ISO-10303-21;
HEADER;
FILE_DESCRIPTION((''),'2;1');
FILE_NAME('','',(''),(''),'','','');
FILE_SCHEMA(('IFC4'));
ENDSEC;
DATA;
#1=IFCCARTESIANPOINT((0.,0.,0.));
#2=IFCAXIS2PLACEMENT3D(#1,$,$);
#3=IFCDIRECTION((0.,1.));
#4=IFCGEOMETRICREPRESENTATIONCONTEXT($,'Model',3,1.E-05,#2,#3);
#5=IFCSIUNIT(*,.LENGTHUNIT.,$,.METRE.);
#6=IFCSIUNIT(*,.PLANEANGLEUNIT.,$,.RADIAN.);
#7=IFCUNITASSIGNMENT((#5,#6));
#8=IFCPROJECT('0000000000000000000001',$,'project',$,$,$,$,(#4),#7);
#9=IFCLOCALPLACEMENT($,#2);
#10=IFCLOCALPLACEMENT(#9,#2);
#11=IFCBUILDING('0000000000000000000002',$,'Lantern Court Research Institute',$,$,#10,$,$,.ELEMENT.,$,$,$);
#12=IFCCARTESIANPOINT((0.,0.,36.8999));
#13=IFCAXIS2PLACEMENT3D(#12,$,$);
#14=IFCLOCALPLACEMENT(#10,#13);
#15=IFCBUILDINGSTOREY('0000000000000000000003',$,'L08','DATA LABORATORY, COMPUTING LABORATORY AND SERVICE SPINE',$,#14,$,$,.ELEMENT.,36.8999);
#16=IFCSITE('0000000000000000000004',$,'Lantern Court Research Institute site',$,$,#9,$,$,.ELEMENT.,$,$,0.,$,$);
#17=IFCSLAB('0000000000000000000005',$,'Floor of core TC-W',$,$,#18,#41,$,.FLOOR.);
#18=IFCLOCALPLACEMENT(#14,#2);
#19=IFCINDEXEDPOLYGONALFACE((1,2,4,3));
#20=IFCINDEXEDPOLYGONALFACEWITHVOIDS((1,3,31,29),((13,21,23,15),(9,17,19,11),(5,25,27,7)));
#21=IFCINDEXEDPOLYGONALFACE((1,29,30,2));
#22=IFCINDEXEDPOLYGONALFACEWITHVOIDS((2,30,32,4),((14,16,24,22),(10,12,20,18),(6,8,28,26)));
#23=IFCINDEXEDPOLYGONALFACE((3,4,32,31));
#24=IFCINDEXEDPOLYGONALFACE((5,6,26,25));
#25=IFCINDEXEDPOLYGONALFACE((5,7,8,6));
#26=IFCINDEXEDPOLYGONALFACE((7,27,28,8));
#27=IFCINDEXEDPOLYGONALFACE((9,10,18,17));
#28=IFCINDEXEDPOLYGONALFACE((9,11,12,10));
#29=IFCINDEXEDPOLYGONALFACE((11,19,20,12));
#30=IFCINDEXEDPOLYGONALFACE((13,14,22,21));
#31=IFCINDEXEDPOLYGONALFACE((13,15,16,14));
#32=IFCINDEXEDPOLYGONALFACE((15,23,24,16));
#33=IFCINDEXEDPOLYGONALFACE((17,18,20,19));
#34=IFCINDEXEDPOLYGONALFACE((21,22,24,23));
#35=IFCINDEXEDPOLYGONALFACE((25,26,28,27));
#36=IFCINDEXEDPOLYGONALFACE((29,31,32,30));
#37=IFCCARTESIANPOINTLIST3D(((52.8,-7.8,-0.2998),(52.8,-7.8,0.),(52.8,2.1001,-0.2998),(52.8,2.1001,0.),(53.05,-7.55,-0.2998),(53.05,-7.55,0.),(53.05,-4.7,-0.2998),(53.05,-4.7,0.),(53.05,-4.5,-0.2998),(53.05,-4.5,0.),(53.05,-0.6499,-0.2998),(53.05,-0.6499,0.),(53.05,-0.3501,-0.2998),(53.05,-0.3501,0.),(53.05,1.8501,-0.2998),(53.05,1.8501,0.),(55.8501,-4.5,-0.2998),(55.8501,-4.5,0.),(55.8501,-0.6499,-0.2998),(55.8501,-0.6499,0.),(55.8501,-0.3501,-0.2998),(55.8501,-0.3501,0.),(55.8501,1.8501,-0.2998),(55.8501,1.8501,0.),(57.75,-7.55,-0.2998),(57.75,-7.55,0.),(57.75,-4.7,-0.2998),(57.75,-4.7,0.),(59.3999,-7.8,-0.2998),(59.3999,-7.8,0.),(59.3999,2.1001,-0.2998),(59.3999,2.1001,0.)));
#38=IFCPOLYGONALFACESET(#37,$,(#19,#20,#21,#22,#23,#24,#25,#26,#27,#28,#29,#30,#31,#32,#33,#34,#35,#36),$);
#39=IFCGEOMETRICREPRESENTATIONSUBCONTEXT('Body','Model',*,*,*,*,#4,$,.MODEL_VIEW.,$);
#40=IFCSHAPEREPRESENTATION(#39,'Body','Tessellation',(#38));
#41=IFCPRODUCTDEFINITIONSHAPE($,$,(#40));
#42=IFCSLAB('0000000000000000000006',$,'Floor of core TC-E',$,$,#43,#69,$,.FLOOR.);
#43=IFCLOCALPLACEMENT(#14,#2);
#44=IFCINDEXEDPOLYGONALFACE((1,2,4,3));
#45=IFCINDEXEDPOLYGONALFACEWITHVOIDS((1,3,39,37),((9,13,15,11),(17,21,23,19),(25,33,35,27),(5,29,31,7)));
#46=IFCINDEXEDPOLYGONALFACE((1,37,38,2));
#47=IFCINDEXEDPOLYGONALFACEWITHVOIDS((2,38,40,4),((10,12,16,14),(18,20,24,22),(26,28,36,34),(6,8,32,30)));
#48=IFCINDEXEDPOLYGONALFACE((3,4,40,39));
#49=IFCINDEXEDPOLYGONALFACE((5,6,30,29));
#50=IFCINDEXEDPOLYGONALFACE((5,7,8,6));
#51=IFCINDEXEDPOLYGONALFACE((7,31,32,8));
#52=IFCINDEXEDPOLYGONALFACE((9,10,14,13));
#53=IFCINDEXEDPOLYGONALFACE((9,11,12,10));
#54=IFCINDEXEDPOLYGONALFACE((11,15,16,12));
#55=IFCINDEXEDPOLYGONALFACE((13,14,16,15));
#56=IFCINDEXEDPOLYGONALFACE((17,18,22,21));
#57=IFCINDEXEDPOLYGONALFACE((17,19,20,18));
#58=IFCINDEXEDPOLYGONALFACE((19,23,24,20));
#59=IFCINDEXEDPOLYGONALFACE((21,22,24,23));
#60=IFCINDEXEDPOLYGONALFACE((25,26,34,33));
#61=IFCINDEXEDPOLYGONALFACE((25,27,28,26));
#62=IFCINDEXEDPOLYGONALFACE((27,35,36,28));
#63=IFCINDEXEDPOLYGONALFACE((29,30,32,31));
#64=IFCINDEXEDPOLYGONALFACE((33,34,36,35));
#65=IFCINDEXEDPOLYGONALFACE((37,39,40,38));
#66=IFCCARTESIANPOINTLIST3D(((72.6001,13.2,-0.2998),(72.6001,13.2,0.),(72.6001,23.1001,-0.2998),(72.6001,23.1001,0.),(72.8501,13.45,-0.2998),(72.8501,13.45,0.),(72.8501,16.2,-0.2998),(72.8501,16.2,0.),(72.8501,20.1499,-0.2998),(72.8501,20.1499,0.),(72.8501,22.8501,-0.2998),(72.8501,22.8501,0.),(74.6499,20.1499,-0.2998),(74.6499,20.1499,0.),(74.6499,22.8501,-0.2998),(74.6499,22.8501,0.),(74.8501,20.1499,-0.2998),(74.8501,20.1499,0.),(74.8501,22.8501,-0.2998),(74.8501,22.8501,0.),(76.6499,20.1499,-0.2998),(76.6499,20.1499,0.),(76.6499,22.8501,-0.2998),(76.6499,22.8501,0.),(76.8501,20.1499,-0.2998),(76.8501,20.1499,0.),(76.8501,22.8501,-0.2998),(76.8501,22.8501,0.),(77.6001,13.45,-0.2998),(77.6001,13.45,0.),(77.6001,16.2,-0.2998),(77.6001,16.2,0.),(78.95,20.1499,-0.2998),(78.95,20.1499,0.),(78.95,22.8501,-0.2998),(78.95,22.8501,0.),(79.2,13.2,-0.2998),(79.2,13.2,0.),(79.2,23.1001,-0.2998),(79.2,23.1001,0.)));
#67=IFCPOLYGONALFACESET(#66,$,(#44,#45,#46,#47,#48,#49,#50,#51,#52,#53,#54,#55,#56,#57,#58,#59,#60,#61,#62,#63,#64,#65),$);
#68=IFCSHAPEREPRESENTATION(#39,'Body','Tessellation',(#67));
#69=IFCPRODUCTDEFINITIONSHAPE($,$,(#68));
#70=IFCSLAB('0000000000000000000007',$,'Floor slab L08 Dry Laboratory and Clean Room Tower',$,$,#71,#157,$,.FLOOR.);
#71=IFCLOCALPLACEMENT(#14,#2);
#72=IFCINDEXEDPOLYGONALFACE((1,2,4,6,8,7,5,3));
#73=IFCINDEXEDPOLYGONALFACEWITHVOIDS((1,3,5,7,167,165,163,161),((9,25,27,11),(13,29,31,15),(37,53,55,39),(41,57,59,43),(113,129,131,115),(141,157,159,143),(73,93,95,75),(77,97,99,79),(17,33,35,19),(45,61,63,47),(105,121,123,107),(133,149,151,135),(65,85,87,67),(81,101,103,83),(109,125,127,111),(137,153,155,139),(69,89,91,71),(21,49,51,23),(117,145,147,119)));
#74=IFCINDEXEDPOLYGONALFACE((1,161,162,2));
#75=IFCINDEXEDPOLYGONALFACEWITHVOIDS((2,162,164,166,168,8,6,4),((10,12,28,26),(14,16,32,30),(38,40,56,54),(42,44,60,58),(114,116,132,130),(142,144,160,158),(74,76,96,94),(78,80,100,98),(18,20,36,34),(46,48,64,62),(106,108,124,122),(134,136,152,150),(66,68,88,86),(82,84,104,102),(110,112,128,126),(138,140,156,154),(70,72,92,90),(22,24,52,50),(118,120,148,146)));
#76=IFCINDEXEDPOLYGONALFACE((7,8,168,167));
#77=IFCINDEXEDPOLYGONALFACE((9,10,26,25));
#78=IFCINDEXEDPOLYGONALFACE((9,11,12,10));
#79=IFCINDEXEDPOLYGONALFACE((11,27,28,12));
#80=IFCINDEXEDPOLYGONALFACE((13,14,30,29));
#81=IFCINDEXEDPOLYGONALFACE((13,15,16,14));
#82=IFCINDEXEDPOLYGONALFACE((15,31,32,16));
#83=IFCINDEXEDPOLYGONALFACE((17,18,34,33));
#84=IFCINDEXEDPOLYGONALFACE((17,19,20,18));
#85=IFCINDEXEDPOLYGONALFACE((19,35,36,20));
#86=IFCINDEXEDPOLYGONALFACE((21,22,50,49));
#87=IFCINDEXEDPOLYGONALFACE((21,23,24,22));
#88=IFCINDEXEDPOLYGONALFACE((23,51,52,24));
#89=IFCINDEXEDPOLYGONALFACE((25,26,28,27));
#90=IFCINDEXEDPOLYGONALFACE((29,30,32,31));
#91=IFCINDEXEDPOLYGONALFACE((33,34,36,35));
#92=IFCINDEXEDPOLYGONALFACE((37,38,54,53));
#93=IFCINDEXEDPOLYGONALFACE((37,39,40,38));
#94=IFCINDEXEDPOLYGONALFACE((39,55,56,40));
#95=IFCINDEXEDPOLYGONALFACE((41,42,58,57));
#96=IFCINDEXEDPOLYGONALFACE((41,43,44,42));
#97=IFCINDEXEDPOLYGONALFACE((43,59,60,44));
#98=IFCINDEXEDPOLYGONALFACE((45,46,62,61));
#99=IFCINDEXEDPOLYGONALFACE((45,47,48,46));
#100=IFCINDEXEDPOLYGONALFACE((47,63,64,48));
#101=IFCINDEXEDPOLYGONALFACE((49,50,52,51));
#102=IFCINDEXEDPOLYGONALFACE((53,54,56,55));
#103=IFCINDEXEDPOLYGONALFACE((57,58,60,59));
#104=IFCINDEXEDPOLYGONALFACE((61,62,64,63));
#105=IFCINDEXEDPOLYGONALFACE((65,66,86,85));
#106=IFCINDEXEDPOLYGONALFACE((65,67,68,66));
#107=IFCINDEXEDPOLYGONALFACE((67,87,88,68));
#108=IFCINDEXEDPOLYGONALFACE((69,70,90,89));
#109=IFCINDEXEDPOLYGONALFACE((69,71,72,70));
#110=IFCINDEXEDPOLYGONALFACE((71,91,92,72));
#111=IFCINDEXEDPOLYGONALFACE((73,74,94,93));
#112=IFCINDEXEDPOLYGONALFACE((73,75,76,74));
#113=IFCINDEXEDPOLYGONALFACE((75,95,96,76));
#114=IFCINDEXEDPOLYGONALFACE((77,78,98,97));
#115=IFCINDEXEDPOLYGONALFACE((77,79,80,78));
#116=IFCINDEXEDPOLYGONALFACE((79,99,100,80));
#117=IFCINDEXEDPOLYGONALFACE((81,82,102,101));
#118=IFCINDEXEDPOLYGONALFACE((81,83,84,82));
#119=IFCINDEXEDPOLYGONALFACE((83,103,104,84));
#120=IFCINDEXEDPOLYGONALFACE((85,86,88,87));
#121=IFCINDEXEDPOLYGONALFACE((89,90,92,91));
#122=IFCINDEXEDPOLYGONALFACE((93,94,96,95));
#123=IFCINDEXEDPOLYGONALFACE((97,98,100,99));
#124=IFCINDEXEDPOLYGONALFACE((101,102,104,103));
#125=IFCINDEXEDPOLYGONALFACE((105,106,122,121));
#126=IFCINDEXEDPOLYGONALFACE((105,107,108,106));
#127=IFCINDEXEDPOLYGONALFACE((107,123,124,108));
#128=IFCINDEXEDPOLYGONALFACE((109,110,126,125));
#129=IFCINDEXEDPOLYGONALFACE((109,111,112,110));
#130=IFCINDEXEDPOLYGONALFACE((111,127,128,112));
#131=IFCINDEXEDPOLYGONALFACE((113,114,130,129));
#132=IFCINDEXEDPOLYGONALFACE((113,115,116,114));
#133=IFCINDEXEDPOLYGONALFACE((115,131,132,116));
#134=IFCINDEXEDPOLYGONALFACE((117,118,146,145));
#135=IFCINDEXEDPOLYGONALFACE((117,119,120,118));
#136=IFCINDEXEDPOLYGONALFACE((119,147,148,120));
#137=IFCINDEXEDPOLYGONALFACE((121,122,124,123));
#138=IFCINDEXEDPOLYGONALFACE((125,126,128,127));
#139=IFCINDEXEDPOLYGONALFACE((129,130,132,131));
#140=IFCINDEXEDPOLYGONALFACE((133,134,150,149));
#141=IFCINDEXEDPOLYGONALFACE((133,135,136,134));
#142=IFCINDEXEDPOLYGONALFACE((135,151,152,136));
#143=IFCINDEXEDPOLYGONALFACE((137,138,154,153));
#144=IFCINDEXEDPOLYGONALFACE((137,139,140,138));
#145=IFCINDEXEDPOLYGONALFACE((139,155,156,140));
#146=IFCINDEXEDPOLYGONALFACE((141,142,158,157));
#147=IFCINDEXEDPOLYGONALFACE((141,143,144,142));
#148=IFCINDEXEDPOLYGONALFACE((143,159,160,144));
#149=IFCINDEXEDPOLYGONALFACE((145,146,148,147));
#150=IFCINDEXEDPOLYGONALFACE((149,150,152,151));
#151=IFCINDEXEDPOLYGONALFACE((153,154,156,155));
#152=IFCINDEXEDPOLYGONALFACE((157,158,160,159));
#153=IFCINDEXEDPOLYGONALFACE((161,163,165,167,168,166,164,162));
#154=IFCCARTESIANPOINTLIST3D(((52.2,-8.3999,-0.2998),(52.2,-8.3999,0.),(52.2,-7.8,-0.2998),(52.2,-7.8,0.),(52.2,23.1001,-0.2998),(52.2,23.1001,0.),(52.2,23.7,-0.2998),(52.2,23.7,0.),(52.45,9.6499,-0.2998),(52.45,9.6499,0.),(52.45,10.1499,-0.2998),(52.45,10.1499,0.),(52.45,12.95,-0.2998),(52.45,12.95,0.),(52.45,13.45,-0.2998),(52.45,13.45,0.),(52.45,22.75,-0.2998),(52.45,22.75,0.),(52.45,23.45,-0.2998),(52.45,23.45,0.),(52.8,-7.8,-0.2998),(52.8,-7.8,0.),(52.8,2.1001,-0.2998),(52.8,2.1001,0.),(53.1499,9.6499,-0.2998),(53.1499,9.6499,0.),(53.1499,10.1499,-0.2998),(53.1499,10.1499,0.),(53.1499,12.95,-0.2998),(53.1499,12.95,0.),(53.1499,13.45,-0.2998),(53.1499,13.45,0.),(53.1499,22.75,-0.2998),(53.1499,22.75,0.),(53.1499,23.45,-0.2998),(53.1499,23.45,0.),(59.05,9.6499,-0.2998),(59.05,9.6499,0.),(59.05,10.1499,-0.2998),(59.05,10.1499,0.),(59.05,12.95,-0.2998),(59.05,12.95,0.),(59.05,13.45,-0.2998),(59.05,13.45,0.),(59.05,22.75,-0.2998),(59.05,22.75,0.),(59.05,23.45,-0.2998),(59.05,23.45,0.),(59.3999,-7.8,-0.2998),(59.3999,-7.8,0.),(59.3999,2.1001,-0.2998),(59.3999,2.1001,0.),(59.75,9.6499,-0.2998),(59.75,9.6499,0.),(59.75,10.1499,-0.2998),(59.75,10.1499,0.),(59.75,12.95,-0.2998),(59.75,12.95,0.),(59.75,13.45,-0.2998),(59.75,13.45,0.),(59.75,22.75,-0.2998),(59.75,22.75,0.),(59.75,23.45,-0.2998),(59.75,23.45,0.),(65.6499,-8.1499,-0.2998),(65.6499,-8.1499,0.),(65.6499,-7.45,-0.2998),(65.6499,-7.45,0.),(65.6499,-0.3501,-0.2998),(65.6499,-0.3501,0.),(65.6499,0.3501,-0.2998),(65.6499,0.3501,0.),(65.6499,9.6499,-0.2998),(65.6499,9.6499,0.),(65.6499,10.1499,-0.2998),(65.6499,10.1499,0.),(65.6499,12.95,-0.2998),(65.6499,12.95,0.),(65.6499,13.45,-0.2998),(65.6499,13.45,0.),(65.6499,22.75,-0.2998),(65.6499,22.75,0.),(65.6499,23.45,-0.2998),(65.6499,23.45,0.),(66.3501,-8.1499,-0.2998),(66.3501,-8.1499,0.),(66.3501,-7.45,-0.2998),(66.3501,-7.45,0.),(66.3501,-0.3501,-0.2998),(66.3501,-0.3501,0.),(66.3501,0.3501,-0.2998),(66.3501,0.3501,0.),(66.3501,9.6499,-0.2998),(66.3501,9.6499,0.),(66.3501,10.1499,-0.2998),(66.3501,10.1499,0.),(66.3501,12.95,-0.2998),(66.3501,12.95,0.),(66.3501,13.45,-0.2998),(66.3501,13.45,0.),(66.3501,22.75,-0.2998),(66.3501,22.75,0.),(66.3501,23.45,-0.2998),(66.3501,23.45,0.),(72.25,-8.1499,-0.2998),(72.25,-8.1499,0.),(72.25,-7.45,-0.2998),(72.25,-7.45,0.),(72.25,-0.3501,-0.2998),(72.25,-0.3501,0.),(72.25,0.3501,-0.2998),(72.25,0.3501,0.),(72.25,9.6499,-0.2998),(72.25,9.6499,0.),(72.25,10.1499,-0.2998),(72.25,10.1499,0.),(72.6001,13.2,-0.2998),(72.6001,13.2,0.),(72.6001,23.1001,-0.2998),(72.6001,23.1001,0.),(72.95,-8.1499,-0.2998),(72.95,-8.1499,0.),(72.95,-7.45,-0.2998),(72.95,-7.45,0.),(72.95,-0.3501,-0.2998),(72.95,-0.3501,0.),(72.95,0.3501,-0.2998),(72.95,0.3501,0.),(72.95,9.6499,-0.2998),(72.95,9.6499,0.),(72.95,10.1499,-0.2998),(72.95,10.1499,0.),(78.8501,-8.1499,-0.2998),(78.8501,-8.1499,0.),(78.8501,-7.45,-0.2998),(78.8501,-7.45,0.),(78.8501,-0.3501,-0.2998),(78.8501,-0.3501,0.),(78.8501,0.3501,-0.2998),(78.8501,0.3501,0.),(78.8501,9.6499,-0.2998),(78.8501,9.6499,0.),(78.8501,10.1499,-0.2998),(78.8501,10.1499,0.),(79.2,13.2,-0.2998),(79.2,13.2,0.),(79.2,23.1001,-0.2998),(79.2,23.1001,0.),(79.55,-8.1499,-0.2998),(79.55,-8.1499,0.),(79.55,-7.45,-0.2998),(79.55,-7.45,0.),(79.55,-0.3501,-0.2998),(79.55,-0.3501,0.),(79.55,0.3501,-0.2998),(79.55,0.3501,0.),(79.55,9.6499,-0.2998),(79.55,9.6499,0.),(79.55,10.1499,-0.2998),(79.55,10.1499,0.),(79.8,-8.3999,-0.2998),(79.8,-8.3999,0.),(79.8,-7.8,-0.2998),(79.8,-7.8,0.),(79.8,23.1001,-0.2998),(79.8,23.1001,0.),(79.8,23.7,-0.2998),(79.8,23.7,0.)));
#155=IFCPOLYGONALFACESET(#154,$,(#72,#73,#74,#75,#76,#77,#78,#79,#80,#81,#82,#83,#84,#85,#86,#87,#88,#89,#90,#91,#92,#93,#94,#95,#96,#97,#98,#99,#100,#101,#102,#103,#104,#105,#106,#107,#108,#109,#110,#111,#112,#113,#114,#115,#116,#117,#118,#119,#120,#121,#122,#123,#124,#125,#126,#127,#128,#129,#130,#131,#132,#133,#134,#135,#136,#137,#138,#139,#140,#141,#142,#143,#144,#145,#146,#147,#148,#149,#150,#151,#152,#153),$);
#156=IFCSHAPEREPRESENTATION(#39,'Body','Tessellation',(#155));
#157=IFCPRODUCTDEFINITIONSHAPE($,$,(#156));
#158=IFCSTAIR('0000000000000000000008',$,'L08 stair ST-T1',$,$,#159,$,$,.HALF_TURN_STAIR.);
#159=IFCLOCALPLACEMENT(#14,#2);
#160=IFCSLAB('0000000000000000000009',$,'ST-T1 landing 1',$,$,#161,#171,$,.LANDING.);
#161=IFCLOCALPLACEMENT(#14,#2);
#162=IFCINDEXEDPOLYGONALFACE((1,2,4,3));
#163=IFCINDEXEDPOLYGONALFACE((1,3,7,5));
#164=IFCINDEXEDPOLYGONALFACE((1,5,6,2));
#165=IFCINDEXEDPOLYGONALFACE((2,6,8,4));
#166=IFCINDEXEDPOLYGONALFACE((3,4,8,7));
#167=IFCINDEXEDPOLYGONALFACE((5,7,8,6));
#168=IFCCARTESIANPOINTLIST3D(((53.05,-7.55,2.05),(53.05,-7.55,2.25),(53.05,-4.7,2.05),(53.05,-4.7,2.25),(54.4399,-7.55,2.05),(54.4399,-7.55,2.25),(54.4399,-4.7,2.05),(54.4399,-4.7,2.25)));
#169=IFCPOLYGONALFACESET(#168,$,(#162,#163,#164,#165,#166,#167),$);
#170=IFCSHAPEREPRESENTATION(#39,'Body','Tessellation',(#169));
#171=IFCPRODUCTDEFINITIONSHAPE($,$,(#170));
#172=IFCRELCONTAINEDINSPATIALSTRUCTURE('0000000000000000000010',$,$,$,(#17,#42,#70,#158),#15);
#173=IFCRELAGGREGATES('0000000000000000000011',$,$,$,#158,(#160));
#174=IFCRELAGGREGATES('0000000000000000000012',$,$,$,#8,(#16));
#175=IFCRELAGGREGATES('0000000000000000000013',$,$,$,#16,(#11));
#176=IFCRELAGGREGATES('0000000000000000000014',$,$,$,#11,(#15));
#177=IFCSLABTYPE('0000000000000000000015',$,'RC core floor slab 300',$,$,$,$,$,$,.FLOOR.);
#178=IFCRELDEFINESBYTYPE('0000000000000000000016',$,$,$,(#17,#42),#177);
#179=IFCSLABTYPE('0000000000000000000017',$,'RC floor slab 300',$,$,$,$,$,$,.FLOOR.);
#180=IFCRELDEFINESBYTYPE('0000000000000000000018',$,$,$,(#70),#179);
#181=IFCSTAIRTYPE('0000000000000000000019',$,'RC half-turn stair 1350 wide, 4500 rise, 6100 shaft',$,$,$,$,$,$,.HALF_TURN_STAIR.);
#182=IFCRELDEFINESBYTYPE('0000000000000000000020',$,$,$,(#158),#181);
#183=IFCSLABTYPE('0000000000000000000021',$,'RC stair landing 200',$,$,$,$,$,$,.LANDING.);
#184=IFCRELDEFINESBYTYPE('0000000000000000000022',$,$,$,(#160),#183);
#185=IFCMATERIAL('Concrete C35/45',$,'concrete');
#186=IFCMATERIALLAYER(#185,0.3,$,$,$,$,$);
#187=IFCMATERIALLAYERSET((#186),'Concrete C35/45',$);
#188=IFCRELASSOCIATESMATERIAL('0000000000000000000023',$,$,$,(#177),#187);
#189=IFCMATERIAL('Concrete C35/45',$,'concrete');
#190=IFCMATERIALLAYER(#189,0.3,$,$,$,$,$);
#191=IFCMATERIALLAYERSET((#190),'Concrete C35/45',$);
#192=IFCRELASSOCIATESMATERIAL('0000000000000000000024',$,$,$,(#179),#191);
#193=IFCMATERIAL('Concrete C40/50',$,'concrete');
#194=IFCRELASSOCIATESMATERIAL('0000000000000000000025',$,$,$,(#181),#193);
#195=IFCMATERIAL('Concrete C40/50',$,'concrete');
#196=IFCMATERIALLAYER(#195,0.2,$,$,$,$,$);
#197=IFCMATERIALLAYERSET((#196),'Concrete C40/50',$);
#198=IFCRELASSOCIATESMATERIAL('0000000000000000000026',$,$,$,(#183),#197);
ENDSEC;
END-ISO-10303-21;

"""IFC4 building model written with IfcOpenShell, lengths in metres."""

from ifc_helpers import new_model, si_unit, direction, frame, origin, place, context, subcontext, project, spatial, polyline, outline, extrude, material, layer, layer_set, type_object, element, aggregate, save


model = new_model("IFC4")

# Units and contexts
model_context = context("Model", 3, precision=1e-05, world=origin(), true_north=direction((0.0, 1.0)))
body_context = subcontext(model_context, "Body", "Model", "MODEL_VIEW")
ifc_project = project(units=[si_unit("LENGTHUNIT", "METRE"), si_unit("PLANEANGLEUNIT", "RADIAN")], contexts=[model_context])

# Site, building, storey
site_placement = place(None, origin())
site = spatial("IfcSite", under=ifc_project, at=site_placement, Name="Lantern Court Research Institute site", CompositionType="ELEMENT", RefElevation=0.0)
building_placement = place(site_placement, origin())
building = spatial("IfcBuilding", under=site, at=building_placement, Name="Lantern Court Research Institute", CompositionType="ELEMENT")
storey_placement = place(building_placement, frame((0.0, 0.0, 36.8999)))
storey = spatial("IfcBuildingStorey", under=building, at=storey_placement, Name="L08", Description="DATA LABORATORY, COMPUTING LABORATORY AND SERVICE SPINE", CompositionType="ELEMENT", Elevation=36.8999)

# Slabs
ifc_material_1 = material(Name="Concrete C35/45", Category="concrete")
ifc_layer_1 = layer(ifc_material_1, 0.3)
ifc_layer_set_1 = layer_set([ifc_layer_1], Name="Concrete C35/45")
slab_type_1 = type_object("IfcSlabType", Name="RC core floor slab 300", PredefinedType="FLOOR", material=ifc_layer_set_1)
slab_1_placement = place(storey_placement, frame((0.0, 0.0, -0.2998)))
element("IfcSlab", 1, at=slab_1_placement, inside=storey, type_object=slab_type_1, Name="Floor of core TC-W", PredefinedType="FLOOR", context=body_context, shape_type="SweptSolid", body=[
    extrude(outline(polyline([(52.8, -7.8), (59.3999, -7.8), (59.3999, 2.1001), (52.8, 2.1001), (52.8, -7.8)]), holes=[polyline([(57.75, -4.7), (53.05, -4.7), (53.05, -7.55), (57.75, -7.55), (57.75, -4.7)]), polyline([(53.05, -0.3501), (55.8501, -0.3501), (55.8501, 1.8501), (53.05, 1.8501), (53.05, -0.3501)]), polyline([(53.05, -0.6499), (55.8501, -0.6499), (55.8501, -4.5), (53.05, -4.5), (53.05, -0.6499)])]), origin(), (0.0, 0.0, 1.0), 0.2998),
])
slab_2_placement = place(storey_placement, frame((0.0, 0.0, -0.2998)))
element("IfcSlab", 2, at=slab_2_placement, inside=storey, type_object=slab_type_1, Name="Floor of core TC-E", PredefinedType="FLOOR", context=body_context, shape_type="SweptSolid", body=[
    extrude(outline(polyline([(72.6001, 13.2), (79.2, 13.2), (79.2, 23.1001), (72.6001, 23.1001), (72.6001, 13.2)]), holes=[polyline([(77.6001, 16.2), (72.8501, 16.2), (72.8501, 13.45), (77.6001, 13.45), (77.6001, 16.2)]), polyline([(72.8501, 20.1499), (74.6499, 20.1499), (74.6499, 22.8501), (72.8501, 22.8501), (72.8501, 20.1499)]), polyline([(74.8501, 20.1499), (76.6499, 20.1499), (76.6499, 22.8501), (74.8501, 22.8501), (74.8501, 20.1499)]), polyline([(76.8501, 20.1499), (78.95, 20.1499), (78.95, 22.8501), (76.8501, 22.8501), (76.8501, 20.1499)])]), origin(), (0.0, 0.0, 1.0), 0.2998),
])
ifc_material_2 = material(Name="Concrete C35/45", Category="concrete")
ifc_layer_2 = layer(ifc_material_2, 0.3)
ifc_layer_set_2 = layer_set([ifc_layer_2], Name="Concrete C35/45")
slab_type_2 = type_object("IfcSlabType", Name="RC floor slab 300", PredefinedType="FLOOR", material=ifc_layer_set_2)
slab_3_placement = place(storey_placement, frame((0.0, 0.0, -0.2998)))
element("IfcSlab", 3, at=slab_3_placement, inside=storey, type_object=slab_type_2, Name="Floor slab L08 Dry Laboratory and Clean Room Tower", PredefinedType="FLOOR", context=body_context, shape_type="SweptSolid", body=[
    extrude(outline(polyline([(52.2, -7.8), (52.2, -8.3999), (79.8, -8.3999), (79.8, -7.8), (79.8, 23.1001), (79.8, 23.7), (52.2, 23.7), (52.2, 23.1001), (52.2, -7.8)]), holes=[polyline([(66.3501, -7.45), (66.3501, -8.1499), (65.6499, -8.1499), (65.6499, -7.45), (66.3501, -7.45)]), polyline([(59.3999, 2.1001), (59.3999, -7.8), (52.8, -7.8), (52.8, 2.1001), (59.3999, 2.1001)]), polyline([(66.3501, 0.3501), (66.3501, -0.3501), (65.6499, -0.3501), (65.6499, 0.3501), (66.3501, 0.3501)]), polyline([(53.1499, 10.1499), (53.1499, 9.6499), (52.45, 9.6499), (52.45, 10.1499), (53.1499, 10.1499)]), polyline([(59.75, 10.1499), (59.75, 9.6499), (59.05, 9.6499), (59.05, 10.1499), (59.75, 10.1499)]), polyline([(66.3501, 10.1499), (66.3501, 9.6499), (65.6499, 9.6499), (65.6499, 10.1499), (66.3501, 10.1499)]), polyline([(53.1499, 13.45), (53.1499, 12.95), (52.45, 12.95), (52.45, 13.45), (53.1499, 13.45)]), polyline([(59.75, 12.95), (59.05, 12.95), (59.05, 13.45), (59.75, 13.45), (59.75, 12.95)]), polyline([(53.1499, 22.75), (52.45, 22.75), (52.45, 23.45), (53.1499, 23.45), (53.1499, 22.75)]), polyline([(59.75, 23.45), (59.75, 22.75), (59.05, 22.75), (59.05, 23.45), (59.75, 23.45)]), polyline([(72.95, -7.45), (72.95, -8.1499), (72.25, -8.1499), (72.25, -7.45), (72.95, -7.45)]), polyline([(79.55, -7.45), (79.55, -8.1499), (78.8501, -8.1499), (78.8501, -7.45), (79.55, -7.45)]), polyline([(72.95, -0.3501), (72.25, -0.3501), (72.25, 0.3501), (72.95, 0.3501), (72.95, -0.3501)]), polyline([(79.55, -0.3501), (78.8501, -0.3501), (78.8501, 0.3501), (79.55, 0.3501), (79.55, -0.3501)]), polyline([(72.95, 10.1499), (72.95, 9.6499), (72.25, 9.6499), (72.25, 10.1499), (72.95, 10.1499)]), polyline([(79.55, 10.1499), (79.55, 9.6499), (78.8501, 9.6499), (78.8501, 10.1499), (79.55, 10.1499)]), polyline([(66.3501, 13.45), (66.3501, 12.95), (65.6499, 12.95), (65.6499, 13.45), (66.3501, 13.45)]), polyline([(79.2, 13.2), (72.6001, 13.2), (72.6001, 23.1001), (79.2, 23.1001), (79.2, 13.2)]), polyline([(66.3501, 22.75), (65.6499, 22.75), (65.6499, 23.45), (66.3501, 23.45), (66.3501, 22.75)])]), origin(), (0.0, 0.0, 1.0), 0.2998),
])

# Stair, slab
ifc_material_3 = material(Name="Concrete C40/50", Category="concrete")
stair_type_1 = type_object("IfcStairType", Name="RC half-turn stair 1350 wide, 4500 rise, 6100 shaft", PredefinedType="HALF_TURN_STAIR", material=ifc_material_3)
stair_1_placement = place(storey_placement, origin())
stair_1 = element("IfcStair", 4, at=stair_1_placement, inside=storey, type_object=stair_type_1, Name="L08 stair ST-T1", PredefinedType="HALF_TURN_STAIR")
ifc_material_4 = material(Name="Concrete C40/50", Category="concrete")
ifc_layer_3 = layer(ifc_material_4, 0.2)
ifc_layer_set_3 = layer_set([ifc_layer_3], Name="Concrete C40/50")
slab_type_3 = type_object("IfcSlabType", Name="RC stair landing 200", PredefinedType="LANDING", material=ifc_layer_set_3)
slab_4_placement = place(storey_placement, frame((0.0, 0.0, 2.05)))
slab_4 = element("IfcSlab", 5, at=slab_4_placement, type_object=slab_type_3, Name="ST-T1 landing 1", PredefinedType="LANDING", context=body_context, shape_type="SweptSolid", body=[
    extrude(outline(polyline([(54.4399, -4.7), (53.05, -4.7), (53.05, -7.55), (54.4399, -7.55), (54.4399, -4.7)])), origin(), (0.0, 0.0, 1.0), 0.2),
])
aggregate(stair_1, [slab_4])

save(model, "model.ifc")
